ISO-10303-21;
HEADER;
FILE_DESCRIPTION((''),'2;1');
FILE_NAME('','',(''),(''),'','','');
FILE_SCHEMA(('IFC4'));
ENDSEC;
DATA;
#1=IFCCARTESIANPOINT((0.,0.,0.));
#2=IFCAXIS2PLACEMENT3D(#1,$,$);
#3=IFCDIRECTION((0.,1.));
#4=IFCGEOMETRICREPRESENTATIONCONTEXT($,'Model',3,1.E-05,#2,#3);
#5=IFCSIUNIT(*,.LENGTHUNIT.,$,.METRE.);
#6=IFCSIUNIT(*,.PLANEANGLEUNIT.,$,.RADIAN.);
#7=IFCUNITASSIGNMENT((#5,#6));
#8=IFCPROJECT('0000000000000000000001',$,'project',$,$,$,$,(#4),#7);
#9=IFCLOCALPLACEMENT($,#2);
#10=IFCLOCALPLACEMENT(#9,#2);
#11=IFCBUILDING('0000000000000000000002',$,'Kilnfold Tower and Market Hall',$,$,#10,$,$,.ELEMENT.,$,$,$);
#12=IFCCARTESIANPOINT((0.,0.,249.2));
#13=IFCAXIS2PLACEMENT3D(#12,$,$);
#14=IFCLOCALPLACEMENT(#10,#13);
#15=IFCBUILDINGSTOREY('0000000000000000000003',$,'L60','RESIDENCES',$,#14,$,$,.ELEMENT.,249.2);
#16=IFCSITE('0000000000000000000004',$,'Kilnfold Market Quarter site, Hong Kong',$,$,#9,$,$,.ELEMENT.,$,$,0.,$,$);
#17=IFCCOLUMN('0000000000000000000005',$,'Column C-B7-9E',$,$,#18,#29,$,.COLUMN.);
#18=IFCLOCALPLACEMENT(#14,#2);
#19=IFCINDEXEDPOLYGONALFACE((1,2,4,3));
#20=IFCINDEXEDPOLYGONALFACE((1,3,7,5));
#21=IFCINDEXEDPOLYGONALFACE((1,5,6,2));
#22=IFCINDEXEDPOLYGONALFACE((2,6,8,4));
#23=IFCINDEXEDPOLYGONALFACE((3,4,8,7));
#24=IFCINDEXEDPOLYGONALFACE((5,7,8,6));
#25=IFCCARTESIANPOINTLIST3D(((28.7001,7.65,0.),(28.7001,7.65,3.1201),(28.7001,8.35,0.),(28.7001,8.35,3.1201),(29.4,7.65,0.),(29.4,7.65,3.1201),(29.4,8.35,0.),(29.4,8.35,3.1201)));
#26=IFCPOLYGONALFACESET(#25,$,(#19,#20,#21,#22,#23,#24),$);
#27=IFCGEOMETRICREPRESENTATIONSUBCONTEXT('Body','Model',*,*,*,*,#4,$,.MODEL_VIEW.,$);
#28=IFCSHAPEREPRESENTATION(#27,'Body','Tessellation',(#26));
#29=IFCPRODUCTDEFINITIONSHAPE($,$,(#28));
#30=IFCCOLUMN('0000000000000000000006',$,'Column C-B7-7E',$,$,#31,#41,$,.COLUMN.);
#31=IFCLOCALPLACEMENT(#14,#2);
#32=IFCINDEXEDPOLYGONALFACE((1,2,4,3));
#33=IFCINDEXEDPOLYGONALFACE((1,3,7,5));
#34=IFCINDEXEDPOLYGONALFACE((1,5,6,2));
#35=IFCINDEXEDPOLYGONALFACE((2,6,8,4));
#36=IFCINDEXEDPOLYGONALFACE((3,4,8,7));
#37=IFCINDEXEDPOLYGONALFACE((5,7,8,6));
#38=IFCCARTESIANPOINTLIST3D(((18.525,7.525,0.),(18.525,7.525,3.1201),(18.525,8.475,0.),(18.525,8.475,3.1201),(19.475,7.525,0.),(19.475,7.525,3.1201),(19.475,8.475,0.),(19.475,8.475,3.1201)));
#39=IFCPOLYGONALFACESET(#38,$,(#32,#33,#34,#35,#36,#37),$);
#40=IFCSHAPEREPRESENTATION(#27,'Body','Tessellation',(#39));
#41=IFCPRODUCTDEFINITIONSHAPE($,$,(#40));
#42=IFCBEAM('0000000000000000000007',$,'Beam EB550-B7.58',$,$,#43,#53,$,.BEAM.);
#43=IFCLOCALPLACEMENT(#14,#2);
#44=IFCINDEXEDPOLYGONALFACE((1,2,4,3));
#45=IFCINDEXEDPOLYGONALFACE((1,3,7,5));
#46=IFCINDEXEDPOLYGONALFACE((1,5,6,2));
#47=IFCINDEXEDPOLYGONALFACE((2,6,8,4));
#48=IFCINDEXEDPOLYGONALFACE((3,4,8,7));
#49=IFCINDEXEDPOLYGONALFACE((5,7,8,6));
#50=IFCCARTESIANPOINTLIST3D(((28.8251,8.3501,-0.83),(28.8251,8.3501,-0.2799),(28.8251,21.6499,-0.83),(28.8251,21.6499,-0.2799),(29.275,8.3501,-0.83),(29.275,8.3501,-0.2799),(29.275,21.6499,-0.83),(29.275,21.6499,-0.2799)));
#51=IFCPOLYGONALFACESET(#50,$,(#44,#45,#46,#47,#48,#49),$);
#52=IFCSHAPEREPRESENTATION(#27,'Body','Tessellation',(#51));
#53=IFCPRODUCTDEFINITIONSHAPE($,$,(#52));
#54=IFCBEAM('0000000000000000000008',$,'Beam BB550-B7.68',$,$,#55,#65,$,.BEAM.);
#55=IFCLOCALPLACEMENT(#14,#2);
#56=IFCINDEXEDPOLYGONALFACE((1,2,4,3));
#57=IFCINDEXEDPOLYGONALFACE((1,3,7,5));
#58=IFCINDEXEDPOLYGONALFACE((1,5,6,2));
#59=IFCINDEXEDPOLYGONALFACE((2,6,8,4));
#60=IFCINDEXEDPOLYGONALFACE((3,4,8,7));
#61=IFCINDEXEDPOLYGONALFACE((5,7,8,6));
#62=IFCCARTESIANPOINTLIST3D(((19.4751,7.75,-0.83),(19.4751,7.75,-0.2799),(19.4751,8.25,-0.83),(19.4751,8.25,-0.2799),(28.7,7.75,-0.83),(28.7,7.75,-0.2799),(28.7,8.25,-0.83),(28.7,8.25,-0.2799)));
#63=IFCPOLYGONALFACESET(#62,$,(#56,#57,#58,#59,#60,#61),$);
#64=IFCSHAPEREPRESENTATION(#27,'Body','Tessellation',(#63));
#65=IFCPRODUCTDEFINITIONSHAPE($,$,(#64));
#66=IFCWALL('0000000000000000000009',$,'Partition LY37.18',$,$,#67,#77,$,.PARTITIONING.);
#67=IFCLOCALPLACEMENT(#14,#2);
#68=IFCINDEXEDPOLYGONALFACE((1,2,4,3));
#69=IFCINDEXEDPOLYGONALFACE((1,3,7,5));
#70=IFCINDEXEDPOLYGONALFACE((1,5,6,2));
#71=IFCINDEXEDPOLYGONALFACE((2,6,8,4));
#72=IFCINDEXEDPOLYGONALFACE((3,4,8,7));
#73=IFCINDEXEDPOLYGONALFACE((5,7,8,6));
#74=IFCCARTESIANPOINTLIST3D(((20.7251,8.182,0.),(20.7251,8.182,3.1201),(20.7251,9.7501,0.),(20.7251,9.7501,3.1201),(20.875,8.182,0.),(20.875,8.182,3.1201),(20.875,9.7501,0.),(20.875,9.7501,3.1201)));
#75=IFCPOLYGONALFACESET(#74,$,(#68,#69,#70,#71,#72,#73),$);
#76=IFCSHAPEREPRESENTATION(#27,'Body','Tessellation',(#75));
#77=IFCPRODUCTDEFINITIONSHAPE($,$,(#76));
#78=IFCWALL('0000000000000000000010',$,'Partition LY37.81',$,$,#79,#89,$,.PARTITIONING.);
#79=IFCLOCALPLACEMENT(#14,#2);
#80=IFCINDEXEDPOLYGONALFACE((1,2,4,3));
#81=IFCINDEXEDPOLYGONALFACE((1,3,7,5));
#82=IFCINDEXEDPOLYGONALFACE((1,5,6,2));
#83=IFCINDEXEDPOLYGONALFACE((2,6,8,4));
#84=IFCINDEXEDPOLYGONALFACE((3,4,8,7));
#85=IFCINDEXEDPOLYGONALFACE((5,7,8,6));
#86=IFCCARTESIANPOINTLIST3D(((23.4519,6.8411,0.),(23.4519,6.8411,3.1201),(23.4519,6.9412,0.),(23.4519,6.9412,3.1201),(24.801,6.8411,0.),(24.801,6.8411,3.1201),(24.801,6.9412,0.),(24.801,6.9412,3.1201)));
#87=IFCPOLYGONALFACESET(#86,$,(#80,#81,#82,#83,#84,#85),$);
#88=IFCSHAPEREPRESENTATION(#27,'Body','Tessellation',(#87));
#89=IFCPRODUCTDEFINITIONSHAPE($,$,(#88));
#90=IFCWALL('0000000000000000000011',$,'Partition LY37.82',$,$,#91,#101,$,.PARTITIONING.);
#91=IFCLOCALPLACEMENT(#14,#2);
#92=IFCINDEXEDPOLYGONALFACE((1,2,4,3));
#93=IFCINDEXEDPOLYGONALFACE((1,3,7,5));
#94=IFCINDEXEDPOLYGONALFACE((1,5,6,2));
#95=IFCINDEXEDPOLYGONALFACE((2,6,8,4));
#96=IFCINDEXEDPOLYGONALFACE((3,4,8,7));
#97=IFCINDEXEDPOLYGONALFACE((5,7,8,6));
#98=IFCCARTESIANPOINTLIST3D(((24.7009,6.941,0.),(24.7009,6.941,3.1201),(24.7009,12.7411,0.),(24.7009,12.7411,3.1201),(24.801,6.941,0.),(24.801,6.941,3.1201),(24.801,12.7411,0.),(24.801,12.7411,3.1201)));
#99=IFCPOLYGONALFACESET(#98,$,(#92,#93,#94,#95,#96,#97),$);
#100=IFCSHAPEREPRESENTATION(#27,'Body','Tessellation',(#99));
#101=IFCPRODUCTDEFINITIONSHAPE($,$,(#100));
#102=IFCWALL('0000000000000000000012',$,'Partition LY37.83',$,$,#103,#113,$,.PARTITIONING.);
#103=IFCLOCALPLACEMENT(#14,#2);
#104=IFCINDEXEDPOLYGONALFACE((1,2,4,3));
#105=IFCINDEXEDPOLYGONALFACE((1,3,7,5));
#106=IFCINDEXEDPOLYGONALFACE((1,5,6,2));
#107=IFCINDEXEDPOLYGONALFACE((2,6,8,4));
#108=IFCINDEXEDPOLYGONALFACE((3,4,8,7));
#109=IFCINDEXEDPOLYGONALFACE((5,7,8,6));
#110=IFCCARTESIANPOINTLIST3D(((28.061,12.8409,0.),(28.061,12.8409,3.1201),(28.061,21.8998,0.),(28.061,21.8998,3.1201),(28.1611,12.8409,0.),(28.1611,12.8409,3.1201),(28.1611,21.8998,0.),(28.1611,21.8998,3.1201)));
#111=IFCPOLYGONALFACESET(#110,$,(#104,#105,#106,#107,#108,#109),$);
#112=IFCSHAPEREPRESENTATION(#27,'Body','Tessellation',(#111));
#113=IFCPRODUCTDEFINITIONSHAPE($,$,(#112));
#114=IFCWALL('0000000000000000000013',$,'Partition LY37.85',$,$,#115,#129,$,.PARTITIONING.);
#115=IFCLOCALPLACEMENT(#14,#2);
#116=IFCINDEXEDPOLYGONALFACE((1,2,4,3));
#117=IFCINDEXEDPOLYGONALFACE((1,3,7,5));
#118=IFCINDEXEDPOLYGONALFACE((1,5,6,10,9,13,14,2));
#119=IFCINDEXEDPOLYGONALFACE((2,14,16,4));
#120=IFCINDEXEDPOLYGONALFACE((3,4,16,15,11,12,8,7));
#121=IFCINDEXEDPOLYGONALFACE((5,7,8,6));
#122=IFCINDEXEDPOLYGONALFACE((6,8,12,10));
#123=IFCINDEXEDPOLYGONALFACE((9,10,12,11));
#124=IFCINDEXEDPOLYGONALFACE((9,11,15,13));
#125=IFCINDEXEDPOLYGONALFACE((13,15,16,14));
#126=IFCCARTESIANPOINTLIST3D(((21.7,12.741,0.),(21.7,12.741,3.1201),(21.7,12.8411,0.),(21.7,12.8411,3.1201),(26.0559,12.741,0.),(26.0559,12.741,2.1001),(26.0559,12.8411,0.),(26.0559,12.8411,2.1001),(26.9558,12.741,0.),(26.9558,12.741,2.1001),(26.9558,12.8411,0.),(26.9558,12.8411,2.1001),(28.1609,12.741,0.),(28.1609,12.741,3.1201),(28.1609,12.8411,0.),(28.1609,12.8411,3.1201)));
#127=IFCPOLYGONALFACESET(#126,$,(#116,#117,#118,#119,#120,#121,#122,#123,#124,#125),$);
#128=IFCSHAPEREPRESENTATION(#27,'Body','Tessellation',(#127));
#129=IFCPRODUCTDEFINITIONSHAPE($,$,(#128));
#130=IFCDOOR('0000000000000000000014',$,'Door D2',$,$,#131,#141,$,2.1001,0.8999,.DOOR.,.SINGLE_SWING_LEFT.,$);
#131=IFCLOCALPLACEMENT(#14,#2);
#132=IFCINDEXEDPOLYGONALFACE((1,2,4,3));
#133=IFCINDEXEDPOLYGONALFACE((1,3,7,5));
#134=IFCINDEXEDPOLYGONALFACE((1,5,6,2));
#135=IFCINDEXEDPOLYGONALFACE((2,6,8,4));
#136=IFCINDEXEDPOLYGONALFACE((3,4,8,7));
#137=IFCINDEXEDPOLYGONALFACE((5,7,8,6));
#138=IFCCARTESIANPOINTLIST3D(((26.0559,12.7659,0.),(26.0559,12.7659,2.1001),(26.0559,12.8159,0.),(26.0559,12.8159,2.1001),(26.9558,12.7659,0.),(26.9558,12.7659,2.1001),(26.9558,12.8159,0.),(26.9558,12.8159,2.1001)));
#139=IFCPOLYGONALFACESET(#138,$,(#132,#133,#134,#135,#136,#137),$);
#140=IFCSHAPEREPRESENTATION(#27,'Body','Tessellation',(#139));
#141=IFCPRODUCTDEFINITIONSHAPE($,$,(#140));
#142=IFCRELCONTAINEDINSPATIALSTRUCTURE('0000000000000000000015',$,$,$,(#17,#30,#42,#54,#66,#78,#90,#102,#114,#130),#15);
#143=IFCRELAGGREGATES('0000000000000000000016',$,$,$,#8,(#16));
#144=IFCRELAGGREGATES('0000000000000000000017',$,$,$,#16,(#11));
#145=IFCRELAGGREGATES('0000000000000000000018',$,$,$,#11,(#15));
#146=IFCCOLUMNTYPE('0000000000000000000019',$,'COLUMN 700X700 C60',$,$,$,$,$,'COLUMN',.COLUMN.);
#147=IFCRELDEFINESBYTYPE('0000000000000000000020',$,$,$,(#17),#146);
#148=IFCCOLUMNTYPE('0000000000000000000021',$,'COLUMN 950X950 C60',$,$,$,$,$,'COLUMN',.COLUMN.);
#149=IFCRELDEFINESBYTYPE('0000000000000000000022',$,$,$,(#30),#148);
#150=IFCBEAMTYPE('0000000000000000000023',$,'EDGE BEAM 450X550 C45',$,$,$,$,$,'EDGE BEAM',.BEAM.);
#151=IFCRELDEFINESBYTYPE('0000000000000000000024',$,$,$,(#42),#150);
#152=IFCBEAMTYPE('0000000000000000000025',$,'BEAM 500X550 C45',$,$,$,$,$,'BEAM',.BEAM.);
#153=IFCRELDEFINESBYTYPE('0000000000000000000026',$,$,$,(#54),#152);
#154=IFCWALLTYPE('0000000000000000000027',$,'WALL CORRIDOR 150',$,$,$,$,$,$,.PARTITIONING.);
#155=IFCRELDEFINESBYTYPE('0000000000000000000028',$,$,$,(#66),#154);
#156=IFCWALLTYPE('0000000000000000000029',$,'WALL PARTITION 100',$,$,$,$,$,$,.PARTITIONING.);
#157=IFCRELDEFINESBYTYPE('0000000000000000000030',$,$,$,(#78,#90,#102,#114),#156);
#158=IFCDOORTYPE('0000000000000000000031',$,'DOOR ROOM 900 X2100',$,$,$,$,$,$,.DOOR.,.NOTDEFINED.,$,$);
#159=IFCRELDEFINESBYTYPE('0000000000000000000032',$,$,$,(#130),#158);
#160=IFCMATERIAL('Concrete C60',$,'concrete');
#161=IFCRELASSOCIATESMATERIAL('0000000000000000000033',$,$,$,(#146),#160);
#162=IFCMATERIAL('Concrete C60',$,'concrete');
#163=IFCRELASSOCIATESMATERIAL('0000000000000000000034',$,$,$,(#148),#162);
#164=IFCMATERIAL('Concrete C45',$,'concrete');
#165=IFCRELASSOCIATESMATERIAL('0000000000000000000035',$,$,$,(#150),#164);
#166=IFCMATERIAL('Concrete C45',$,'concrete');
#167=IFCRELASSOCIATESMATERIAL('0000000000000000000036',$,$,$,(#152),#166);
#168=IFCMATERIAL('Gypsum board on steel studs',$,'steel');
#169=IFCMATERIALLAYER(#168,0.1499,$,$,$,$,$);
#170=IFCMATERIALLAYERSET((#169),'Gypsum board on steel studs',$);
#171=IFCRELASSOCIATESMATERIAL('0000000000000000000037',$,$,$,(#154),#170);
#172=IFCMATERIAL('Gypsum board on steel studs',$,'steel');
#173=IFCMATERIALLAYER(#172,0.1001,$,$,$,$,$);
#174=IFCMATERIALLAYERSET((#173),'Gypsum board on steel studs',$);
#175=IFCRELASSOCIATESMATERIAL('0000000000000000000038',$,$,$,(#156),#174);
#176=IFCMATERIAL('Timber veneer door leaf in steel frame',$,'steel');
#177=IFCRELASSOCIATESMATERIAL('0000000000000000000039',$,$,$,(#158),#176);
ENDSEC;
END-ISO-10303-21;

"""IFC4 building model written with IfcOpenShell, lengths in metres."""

from ifc_helpers import new_model, si_unit, direction, frame, frame_2d, origin, origin_2d, place, context, subcontext, project, spatial, rectangle, extrude, source, transform, mapped, material, layer, layer_set, material_profile, profile_set, type_object, element, fill, save


model = new_model("IFC4")

# Units and contexts
model_context = context("Model", 3, precision=1e-05, world=origin(), true_north=direction((0.0, 1.0)))
body_context = subcontext(model_context, "Body", "Model", "MODEL_VIEW")
ifc_project = project(units=[si_unit("LENGTHUNIT", "METRE"), si_unit("PLANEANGLEUNIT", "RADIAN")], contexts=[model_context])

# Site, building, storey
site_placement = place(None, origin())
site = spatial("IfcSite", under=ifc_project, at=site_placement, Name="Kilnfold Market Quarter site, Hong Kong", CompositionType="ELEMENT", RefElevation=0.0)
building_placement = place(site_placement, origin())
building = spatial("IfcBuilding", under=site, at=building_placement, Name="Kilnfold Tower and Market Hall", CompositionType="ELEMENT")
storey_placement = place(building_placement, frame((0.0, 0.0, 249.2)))
storey = spatial("IfcBuildingStorey", under=building, at=storey_placement, Name="L60", Description="RESIDENCES", CompositionType="ELEMENT", Elevation=249.2)

# Columns
ifc_material_1 = material(Name="Concrete C60", Category="concrete")
ifc_material_profile_1 = material_profile(ifc_material_1, rectangle(XDim=0.7, YDim=0.7, at=origin_2d()), Name="RC 700x700")
ifc_profile_set_1 = profile_set([ifc_material_profile_1], Name="Concrete C60")
column_type_1 = type_object("IfcColumnType", Name="COLUMN 700X700 C60", ElementType="COLUMN", PredefinedType="COLUMN", material=ifc_profile_set_1)
shared_shape_1 = source(origin(), body_context, "Body", "SweptSolid", [
    extrude(rectangle(XDim=0.7, YDim=0.7, at=origin_2d()), origin(), (0.0, 0.0, 1.0), 3.1201),
])
column_1_placement = place(storey_placement, frame((29.05, 8.0, 0.0), z_axis=(0.0, 0.0, 1.0), x_axis=(1.0, 0.0, 0.0)))
element("IfcColumn", 1, at=column_1_placement, inside=storey, type_object=column_type_1, Name="Column C-B7-9E", PredefinedType="COLUMN", context=body_context, shape_type="MappedRepresentation", body=[
    mapped(shared_shape_1, transform((0.0, 0.0, 0.0))),
])
ifc_material_2 = material(Name="Concrete C60", Category="concrete")
ifc_material_profile_2 = material_profile(ifc_material_2, rectangle(XDim=0.95, YDim=0.95, at=origin_2d()), Name="RC 950x950")
ifc_profile_set_2 = profile_set([ifc_material_profile_2], Name="Concrete C60")
column_type_2 = type_object("IfcColumnType", Name="COLUMN 950X950 C60", ElementType="COLUMN", PredefinedType="COLUMN", material=ifc_profile_set_2)
shared_shape_2 = source(origin(), body_context, "Body", "SweptSolid", [
    extrude(rectangle(XDim=0.95, YDim=0.95, at=origin_2d()), origin(), (0.0, 0.0, 1.0), 3.1201),
])
column_2_placement = place(storey_placement, frame((19.0, 8.0, 0.0), z_axis=(0.0, 0.0, 1.0), x_axis=(1.0, 0.0, 0.0)))
element("IfcColumn", 2, at=column_2_placement, inside=storey, type_object=column_type_2, Name="Column C-B7-7E", PredefinedType="COLUMN", context=body_context, shape_type="MappedRepresentation", body=[
    mapped(shared_shape_2, transform((0.0, 0.0, 0.0))),
])

# Beams
ifc_material_3 = material(Name="Concrete C45", Category="concrete")
ifc_material_profile_3 = material_profile(ifc_material_3, rectangle(XDim=0.45, YDim=0.55, at=origin_2d()), Name="RC 450x550")
ifc_profile_set_3 = profile_set([ifc_material_profile_3], Name="Concrete C45")
beam_type_1 = type_object("IfcBeamType", Name="EDGE BEAM 450X550 C45", ElementType="EDGE BEAM", PredefinedType="BEAM", material=ifc_profile_set_3)
shared_shape_3 = source(origin(), body_context, "Body", "SweptSolid", [
    extrude(rectangle(XDim=0.45, YDim=0.55, at=origin_2d()), origin(), (0.0, 0.0, 1.0), 13.2998),
])
beam_1_placement = place(storey_placement, frame((29.05, 8.3501, -0.5549), z_axis=(0.0, 1.0, 0.0), x_axis=(-1.0, 0.0, 0.0)))
element("IfcBeam", 3, at=beam_1_placement, inside=storey, type_object=beam_type_1, Name="Beam EB550-B7.58", PredefinedType="BEAM", context=body_context, shape_type="MappedRepresentation", body=[
    mapped(shared_shape_3, transform((0.0, 0.0, 0.0))),
])
ifc_material_4 = material(Name="Concrete C45", Category="concrete")
ifc_material_profile_4 = material_profile(ifc_material_4, rectangle(XDim=0.5, YDim=0.55, at=origin_2d()), Name="RC 500x550")
ifc_profile_set_4 = profile_set([ifc_material_profile_4], Name="Concrete C45")
beam_type_2 = type_object("IfcBeamType", Name="BEAM 500X550 C45", ElementType="BEAM", PredefinedType="BEAM", material=ifc_profile_set_4)
shared_shape_4 = source(origin(), body_context, "Body", "SweptSolid", [
    extrude(rectangle(XDim=0.5, YDim=0.55, at=origin_2d()), origin(), (0.0, 0.0, 1.0), 9.2249),
])
beam_2_placement = place(storey_placement, frame((19.4751, 8.0, -0.5549), z_axis=(1.0, 0.0, 0.0), x_axis=(0.0, 1.0, 0.0)))
element("IfcBeam", 4, at=beam_2_placement, inside=storey, type_object=beam_type_2, Name="Beam BB550-B7.68", PredefinedType="BEAM", context=body_context, shape_type="MappedRepresentation", body=[
    mapped(shared_shape_4, transform((0.0, 0.0, 0.0))),
])

# Walls
ifc_material_5 = material(Name="Gypsum board on steel studs", Category="steel")
ifc_layer_1 = layer(ifc_material_5, 0.1499)
ifc_layer_set_1 = layer_set([ifc_layer_1], Name="Gypsum board on steel studs")
wall_type_1 = type_object("IfcWallType", Name="WALL CORRIDOR 150", PredefinedType="PARTITIONING", material=ifc_layer_set_1)
wall_1_placement = place(storey_placement, frame((20.8, 8.1819, 0.0), z_axis=(0.0, 0.0, 1.0), x_axis=(0.0, 1.0, 0.0)))
element("IfcWall", 5, at=wall_1_placement, inside=storey, type_object=wall_type_1, Name="Partition LY37.18", PredefinedType="PARTITIONING", context=body_context, shape_type="SweptSolid", body=[
    extrude(rectangle(XDim=1.5681, YDim=0.1499, at=frame_2d((0.7842, 0.0))), origin(), (0.0, 0.0, 1.0), 3.1201),
])
ifc_material_6 = material(Name="Gypsum board on steel studs", Category="steel")
ifc_layer_2 = layer(ifc_material_6, 0.1001)
ifc_layer_set_2 = layer_set([ifc_layer_2], Name="Gypsum board on steel studs")
wall_type_2 = type_object("IfcWallType", Name="WALL PARTITION 100", PredefinedType="PARTITIONING", material=ifc_layer_set_2)
wall_2_placement = place(storey_placement, frame((24.801, 6.8911, 0.0), z_axis=(0.0, 0.0, 1.0), x_axis=(-1.0, 0.0, 0.0)))
element("IfcWall", 6, at=wall_2_placement, inside=storey, type_object=wall_type_2, Name="Partition LY37.81", PredefinedType="PARTITIONING", context=body_context, shape_type="SweptSolid", body=[
    extrude(rectangle(XDim=1.3491, YDim=0.1001, at=frame_2d((0.6746, 0.0))), origin(), (0.0, 0.0, 1.0), 3.1201),
])
wall_3_placement = place(storey_placement, frame((24.751, 12.741, 0.0), z_axis=(0.0, 0.0, 1.0), x_axis=(0.0, -1.0, 0.0)))
element("IfcWall", 7, at=wall_3_placement, inside=storey, type_object=wall_type_2, Name="Partition LY37.82", PredefinedType="PARTITIONING", context=body_context, shape_type="SweptSolid", body=[
    extrude(rectangle(XDim=5.8, YDim=0.1001, at=frame_2d((2.8999, 0.0))), origin(), (0.0, 0.0, 1.0), 3.1201),
])
wall_4_placement = place(storey_placement, frame((28.1111, 12.8411, 0.0), z_axis=(0.0, 0.0, 1.0), x_axis=(0.0, 1.0, 0.0)))
element("IfcWall", 8, at=wall_4_placement, inside=storey, type_object=wall_type_2, Name="Partition LY37.83", PredefinedType="PARTITIONING", context=body_context, shape_type="SweptSolid", body=[
    extrude(rectangle(XDim=9.0588, YDim=0.1001, at=frame_2d((4.5293, 0.0))), origin(), (0.0, 0.0, 1.0), 3.1201),
])

# Wall, opening, door
wall_5_placement = place(storey_placement, frame((21.7, 12.791, 0.0), z_axis=(0.0, 0.0, 1.0), x_axis=(1.0, 0.0, 0.0)))
wall_5 = element("IfcWall", 9, at=wall_5_placement, inside=storey, type_object=wall_type_2, Name="Partition LY37.85", PredefinedType="PARTITIONING", context=body_context, shape_type="SweptSolid", body=[
    extrude(rectangle(XDim=6.4609, YDim=0.1001, at=frame_2d((3.2305, 0.0))), origin(), (0.0, 0.0, 1.0), 3.1201),
])
opening_1_placement = place(wall_5_placement, frame((4.356, 0.0, 0.0)))
opening_1 = element("IfcOpeningElement", 10, at=opening_1_placement, cuts=wall_5, PredefinedType="OPENING", context=body_context, shape_type="SweptSolid", body=[
    extrude(rectangle(XDim=0.8999, YDim=2.1001, at=frame_2d((0.45, 1.05))), frame((0.0, 0.0601, 0.0), z_axis=(0.0, -1.0, 0.0), x_axis=(1.0, 0.0, 0.0)), (0.0, 0.0, 1.0), 0.1201),
])
ifc_material_7 = material(Name="Timber veneer door leaf in steel frame", Category="steel")
door_type_1 = type_object("IfcDoorType", Name="DOOR ROOM 900 X2100", OperationType="NOTDEFINED", PredefinedType="DOOR", material=ifc_material_7)
door_1_placement = place(opening_1_placement, origin())
door_1 = element("IfcDoor", 11, at=door_1_placement, inside=storey, type_object=door_type_1, Name="Door D2", OperationType="SINGLE_SWING_LEFT", OverallHeight=2.1001, OverallWidth=0.8999, PredefinedType="DOOR", context=body_context, shape_type="SweptSolid", body=[
    extrude(rectangle(XDim=0.8999, YDim=2.1001, at=frame_2d((0.45, 1.05))), frame((0.0, 0.0249, 0.0), z_axis=(0.0, -1.0, 0.0), x_axis=(1.0, 0.0, 0.0)), (0.0, 0.0, 1.0), 0.05),
])
fill(opening_1, door_1)

save(model, "model.ifc")
